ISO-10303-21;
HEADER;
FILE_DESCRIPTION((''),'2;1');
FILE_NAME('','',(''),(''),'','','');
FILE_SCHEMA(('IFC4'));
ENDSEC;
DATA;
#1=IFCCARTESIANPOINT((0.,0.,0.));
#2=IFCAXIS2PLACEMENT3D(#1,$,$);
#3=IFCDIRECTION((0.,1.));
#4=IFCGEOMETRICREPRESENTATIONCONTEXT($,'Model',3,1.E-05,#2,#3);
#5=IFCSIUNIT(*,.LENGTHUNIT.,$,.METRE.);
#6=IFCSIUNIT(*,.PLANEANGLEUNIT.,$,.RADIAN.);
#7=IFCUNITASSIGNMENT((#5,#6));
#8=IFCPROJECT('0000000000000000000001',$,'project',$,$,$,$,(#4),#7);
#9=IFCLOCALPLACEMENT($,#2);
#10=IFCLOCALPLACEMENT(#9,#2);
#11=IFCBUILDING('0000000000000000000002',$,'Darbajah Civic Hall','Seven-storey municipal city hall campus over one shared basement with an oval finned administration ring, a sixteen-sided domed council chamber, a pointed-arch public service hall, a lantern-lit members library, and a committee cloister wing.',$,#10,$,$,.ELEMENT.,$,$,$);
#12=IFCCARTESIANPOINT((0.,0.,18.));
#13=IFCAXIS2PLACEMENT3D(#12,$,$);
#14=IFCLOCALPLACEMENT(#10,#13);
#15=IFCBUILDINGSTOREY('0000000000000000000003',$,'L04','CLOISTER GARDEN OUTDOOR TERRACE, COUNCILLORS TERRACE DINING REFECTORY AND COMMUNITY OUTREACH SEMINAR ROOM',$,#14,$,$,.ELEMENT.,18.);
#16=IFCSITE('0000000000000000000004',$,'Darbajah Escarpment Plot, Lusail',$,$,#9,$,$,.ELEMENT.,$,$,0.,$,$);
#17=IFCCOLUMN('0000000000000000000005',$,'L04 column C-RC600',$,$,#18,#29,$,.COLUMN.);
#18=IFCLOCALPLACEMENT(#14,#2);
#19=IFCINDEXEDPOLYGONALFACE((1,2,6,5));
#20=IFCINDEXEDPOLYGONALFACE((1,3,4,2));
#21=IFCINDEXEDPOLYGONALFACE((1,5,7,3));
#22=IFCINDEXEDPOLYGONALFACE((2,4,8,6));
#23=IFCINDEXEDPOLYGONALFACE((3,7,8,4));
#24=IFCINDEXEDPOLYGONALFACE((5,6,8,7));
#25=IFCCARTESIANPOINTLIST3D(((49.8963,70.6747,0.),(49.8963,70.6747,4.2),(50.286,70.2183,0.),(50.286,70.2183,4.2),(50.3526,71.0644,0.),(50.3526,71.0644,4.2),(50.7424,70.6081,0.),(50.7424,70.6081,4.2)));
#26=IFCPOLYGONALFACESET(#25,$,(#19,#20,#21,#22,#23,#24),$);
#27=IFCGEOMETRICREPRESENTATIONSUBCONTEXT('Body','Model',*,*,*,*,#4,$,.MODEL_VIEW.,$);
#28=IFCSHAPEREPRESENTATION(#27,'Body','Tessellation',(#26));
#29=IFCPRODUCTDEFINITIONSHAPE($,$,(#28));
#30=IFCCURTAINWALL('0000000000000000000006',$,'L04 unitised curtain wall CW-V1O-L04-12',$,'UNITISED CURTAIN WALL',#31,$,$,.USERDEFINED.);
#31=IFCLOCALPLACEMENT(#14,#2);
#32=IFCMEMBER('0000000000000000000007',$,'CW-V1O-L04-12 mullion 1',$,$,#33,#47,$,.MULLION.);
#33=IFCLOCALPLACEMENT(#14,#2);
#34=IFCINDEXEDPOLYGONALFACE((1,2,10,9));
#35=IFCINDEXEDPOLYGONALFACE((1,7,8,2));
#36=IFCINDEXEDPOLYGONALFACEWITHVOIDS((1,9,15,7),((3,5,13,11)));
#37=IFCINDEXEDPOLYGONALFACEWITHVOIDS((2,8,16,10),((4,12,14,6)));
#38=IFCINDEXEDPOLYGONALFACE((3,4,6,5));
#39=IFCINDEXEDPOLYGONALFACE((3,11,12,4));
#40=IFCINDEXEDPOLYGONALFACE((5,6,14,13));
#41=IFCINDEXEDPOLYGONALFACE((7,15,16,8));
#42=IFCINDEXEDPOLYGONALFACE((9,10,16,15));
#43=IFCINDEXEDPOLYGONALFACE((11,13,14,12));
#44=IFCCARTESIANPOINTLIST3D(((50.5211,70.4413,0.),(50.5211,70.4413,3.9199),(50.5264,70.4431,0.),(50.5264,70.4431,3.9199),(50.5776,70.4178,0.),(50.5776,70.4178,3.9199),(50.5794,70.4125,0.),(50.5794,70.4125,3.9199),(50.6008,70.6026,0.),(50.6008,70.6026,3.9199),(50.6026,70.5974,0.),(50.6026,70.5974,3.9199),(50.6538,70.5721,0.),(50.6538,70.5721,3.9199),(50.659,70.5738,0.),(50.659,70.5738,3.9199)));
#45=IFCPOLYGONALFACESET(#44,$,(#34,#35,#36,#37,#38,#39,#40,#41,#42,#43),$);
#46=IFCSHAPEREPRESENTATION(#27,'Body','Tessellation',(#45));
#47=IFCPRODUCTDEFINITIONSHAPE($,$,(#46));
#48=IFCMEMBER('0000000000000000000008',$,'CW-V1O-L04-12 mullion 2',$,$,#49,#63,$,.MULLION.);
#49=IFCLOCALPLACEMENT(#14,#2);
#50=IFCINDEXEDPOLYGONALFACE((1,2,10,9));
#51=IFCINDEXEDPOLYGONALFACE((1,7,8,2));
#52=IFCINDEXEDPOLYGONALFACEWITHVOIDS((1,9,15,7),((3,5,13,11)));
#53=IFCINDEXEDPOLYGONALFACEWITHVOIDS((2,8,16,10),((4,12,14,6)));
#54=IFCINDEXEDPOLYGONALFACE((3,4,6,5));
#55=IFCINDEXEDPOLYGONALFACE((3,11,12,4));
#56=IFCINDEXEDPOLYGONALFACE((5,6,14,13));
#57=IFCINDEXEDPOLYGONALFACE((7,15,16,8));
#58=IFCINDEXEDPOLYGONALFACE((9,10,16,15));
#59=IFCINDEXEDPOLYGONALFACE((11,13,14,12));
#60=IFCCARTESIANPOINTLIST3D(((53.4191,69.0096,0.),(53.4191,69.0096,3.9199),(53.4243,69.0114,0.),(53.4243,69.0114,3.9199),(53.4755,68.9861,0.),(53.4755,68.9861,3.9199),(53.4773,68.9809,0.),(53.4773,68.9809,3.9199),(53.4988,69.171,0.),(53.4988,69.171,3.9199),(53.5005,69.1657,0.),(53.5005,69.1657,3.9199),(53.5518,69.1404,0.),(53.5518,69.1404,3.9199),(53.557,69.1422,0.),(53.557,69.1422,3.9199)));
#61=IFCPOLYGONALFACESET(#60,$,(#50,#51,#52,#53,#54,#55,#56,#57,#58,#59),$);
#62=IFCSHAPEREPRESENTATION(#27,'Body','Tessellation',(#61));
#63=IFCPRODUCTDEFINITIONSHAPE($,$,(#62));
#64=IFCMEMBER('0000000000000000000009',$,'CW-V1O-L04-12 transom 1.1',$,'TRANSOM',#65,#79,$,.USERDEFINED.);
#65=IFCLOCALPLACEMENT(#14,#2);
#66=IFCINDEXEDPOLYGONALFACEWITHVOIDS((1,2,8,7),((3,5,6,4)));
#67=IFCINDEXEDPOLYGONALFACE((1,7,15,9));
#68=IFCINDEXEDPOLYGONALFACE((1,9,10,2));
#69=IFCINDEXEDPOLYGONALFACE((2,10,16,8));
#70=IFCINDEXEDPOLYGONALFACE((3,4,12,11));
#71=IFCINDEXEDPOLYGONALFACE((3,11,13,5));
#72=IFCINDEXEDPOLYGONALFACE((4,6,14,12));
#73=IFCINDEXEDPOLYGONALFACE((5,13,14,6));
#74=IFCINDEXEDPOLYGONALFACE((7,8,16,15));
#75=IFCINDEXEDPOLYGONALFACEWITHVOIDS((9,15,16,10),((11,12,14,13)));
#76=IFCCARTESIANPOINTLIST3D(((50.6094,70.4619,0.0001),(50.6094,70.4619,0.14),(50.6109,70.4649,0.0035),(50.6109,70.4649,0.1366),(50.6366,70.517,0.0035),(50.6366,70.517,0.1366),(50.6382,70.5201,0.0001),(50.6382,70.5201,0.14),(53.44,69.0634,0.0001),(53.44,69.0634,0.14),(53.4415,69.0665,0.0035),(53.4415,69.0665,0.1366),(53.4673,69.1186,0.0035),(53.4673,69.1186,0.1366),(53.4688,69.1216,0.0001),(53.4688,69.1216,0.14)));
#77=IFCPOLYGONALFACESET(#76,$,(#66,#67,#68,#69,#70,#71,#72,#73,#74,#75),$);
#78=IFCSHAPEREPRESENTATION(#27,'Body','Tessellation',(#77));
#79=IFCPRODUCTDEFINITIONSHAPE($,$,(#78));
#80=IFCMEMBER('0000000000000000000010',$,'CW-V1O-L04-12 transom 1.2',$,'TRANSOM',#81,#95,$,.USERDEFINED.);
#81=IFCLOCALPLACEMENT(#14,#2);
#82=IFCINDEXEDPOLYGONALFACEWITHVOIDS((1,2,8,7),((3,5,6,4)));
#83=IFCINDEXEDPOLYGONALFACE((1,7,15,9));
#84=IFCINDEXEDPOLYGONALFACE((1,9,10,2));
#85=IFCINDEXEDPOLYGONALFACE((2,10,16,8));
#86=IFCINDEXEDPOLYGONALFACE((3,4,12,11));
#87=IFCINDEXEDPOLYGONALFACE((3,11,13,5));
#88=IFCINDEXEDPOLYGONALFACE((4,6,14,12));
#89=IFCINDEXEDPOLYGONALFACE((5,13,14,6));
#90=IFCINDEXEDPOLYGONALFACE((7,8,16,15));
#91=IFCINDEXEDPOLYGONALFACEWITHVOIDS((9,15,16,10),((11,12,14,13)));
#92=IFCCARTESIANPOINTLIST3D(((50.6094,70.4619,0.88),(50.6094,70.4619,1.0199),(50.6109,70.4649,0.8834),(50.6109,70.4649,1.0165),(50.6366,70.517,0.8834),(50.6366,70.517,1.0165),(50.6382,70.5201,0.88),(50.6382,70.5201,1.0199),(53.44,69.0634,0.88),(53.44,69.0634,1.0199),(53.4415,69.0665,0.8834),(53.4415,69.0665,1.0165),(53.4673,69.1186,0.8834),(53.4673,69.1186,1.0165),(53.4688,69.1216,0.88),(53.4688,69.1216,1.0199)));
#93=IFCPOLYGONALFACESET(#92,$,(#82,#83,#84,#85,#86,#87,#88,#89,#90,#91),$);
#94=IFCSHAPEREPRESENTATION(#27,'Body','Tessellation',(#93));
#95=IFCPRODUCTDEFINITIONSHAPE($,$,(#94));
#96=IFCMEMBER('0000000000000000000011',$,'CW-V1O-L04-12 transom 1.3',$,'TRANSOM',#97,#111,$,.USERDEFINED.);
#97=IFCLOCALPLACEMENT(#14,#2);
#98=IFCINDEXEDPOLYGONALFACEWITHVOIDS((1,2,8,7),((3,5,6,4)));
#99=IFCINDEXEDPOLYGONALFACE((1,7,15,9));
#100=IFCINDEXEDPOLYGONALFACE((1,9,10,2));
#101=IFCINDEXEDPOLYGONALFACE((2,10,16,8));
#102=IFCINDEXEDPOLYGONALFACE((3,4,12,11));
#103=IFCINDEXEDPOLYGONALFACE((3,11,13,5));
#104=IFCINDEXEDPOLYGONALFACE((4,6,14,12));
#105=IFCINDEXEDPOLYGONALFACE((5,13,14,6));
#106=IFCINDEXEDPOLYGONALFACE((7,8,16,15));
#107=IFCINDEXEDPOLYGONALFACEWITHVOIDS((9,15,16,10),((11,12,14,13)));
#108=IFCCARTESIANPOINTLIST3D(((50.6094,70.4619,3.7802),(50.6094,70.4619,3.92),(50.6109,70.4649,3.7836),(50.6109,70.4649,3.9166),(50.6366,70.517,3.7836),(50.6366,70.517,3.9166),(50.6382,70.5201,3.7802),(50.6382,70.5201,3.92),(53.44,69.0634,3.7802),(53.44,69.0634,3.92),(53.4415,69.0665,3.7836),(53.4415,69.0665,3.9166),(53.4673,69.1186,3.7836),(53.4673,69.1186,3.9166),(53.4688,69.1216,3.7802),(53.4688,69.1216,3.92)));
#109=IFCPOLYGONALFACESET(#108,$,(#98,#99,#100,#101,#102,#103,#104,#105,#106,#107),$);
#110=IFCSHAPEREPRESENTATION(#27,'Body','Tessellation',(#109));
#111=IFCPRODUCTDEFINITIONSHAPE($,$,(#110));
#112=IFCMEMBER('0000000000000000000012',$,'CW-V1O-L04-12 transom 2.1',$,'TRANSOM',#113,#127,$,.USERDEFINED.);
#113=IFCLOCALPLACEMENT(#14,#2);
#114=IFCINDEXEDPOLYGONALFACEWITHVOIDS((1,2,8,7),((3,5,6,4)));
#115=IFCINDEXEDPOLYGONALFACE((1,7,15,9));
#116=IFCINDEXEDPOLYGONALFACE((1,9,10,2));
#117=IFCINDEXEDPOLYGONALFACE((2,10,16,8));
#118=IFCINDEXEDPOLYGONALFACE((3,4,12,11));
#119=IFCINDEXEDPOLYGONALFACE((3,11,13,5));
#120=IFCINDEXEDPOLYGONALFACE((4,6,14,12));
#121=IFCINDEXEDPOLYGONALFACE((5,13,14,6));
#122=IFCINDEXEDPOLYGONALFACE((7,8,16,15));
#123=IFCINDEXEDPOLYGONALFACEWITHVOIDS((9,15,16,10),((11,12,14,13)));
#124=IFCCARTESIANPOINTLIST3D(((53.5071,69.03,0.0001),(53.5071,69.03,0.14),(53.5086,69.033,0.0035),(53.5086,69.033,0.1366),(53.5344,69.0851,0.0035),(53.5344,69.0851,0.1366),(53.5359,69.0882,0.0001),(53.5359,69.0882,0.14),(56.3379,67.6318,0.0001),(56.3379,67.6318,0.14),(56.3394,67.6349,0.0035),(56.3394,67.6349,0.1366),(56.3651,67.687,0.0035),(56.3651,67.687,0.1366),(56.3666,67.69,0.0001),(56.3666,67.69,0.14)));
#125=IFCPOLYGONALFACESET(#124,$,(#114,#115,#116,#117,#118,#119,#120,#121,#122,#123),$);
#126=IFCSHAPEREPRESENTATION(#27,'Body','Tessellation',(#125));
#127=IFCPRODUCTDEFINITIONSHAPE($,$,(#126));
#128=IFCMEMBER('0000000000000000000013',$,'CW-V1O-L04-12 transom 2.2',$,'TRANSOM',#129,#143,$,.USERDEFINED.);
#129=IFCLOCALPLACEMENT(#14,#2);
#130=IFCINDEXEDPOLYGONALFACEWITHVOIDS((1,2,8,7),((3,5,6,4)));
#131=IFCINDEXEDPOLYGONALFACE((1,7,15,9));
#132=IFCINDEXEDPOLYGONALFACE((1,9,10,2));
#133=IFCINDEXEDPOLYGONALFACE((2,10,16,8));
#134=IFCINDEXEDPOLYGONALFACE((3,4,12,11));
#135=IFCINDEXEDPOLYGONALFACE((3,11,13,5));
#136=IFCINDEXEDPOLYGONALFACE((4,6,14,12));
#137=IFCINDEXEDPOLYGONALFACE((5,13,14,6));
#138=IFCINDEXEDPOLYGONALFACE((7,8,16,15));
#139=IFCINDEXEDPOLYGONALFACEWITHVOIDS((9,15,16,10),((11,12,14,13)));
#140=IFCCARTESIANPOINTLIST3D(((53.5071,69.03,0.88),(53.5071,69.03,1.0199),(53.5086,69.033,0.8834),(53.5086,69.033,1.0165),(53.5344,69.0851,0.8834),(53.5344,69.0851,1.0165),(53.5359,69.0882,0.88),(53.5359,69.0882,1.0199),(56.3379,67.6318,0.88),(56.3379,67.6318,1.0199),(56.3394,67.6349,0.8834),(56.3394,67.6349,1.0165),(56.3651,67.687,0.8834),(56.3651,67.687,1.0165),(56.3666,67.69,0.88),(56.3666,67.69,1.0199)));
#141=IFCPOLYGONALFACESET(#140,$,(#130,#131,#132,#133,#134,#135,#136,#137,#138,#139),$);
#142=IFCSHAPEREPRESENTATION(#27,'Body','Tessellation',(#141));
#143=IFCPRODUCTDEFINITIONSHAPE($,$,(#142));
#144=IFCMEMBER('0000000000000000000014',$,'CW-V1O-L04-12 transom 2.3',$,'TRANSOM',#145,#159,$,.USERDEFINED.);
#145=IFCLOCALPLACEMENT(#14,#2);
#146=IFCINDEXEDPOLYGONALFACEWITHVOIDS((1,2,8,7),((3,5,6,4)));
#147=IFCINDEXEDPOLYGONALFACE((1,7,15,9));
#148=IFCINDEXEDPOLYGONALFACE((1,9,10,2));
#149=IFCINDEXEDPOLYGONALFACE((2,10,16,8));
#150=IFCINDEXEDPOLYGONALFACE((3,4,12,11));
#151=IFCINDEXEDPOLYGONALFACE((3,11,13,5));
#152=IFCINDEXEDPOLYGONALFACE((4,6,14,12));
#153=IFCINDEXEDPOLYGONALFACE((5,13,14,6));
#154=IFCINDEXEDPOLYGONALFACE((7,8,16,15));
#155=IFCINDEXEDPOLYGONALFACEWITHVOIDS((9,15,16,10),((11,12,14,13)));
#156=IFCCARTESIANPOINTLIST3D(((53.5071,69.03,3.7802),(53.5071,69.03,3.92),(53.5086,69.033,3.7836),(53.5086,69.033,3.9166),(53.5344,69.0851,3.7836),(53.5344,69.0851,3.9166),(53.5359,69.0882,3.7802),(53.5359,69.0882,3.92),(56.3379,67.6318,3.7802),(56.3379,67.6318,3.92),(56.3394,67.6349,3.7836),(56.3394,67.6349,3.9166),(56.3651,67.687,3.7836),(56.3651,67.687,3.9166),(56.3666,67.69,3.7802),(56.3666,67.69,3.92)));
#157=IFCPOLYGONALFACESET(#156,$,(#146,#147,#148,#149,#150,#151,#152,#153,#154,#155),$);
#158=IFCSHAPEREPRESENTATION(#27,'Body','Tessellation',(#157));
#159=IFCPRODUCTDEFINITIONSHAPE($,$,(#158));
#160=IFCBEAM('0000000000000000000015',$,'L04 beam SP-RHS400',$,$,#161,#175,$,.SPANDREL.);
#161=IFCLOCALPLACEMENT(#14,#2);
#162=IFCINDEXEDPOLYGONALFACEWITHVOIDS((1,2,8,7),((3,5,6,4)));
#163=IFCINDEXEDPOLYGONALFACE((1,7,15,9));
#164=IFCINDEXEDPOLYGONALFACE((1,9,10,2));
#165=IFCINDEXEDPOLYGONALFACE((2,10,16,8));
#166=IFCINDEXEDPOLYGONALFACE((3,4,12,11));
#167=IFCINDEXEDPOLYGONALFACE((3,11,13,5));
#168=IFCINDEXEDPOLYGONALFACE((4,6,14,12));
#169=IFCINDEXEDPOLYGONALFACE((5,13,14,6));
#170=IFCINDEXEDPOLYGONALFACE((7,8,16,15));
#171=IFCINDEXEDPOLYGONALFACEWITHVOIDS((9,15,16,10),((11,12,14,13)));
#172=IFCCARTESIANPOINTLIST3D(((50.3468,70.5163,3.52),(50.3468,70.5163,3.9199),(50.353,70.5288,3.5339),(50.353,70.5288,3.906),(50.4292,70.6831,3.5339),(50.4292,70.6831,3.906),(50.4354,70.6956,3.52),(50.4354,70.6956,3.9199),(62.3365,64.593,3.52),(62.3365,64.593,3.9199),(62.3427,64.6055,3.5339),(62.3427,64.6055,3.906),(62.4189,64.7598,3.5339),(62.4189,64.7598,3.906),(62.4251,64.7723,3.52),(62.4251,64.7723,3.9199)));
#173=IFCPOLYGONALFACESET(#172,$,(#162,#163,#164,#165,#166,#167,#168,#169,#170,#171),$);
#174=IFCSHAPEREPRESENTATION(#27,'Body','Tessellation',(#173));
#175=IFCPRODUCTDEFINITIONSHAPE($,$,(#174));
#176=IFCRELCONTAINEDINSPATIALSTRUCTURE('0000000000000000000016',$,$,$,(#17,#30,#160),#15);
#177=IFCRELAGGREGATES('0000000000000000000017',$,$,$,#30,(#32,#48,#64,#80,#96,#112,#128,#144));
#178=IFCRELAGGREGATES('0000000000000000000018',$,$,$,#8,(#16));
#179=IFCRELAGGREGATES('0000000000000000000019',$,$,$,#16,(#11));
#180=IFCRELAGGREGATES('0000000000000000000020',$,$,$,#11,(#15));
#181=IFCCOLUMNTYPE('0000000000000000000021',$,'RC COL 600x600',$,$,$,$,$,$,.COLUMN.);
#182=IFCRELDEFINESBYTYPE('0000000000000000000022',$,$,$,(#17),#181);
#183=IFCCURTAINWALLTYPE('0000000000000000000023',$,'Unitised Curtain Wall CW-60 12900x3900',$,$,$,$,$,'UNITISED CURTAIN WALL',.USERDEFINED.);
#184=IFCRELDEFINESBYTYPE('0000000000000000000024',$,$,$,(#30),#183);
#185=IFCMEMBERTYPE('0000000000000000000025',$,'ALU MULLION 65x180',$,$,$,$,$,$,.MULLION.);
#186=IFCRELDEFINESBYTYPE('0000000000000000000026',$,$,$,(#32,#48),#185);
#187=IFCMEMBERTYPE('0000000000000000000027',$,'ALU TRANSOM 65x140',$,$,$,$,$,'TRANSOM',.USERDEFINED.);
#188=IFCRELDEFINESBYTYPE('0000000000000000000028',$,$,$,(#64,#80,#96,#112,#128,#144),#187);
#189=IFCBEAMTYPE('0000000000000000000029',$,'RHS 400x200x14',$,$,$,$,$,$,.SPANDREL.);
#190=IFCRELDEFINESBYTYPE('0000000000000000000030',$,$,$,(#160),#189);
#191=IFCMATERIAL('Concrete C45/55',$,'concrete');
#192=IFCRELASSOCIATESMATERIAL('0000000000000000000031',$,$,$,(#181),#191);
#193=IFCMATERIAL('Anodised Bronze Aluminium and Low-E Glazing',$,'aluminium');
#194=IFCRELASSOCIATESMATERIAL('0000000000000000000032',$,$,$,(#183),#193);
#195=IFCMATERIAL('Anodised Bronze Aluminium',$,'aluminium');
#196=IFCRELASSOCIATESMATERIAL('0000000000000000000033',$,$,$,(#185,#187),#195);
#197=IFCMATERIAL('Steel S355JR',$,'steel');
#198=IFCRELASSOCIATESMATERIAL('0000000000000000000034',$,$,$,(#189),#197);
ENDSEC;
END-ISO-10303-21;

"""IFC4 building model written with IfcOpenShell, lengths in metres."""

from ifc_helpers import new_model, si_unit, direction, frame, origin, origin_2d, place, context, subcontext, project, spatial, rectangle, hollow_rectangle, extrude, material, material_profile, profile_set, type_object, element, aggregate, save


model = new_model("IFC4")

# Units and contexts
model_context = context("Model", 3, precision=1e-05, world=origin(), true_north=direction((0.0, 1.0)))
body_context = subcontext(model_context, "Body", "Model", "MODEL_VIEW")
ifc_project = project(units=[si_unit("LENGTHUNIT", "METRE"), si_unit("PLANEANGLEUNIT", "RADIAN")], contexts=[model_context])

# Site, building, storey
site_placement = place(None, origin())
site = spatial("IfcSite", under=ifc_project, at=site_placement, Name="Darbajah Escarpment Plot, Lusail", CompositionType="ELEMENT", RefElevation=0.0)
building_placement = place(site_placement, origin())
building = spatial("IfcBuilding", under=site, at=building_placement, Name="Darbajah Civic Hall", Description="Seven-storey municipal city hall campus over one shared basement with an oval finned administration ring, a sixteen-sided domed council chamber, a pointed-arch public service hall, a lantern-lit members library, and a committee cloister wing.", CompositionType="ELEMENT")
storey_placement = place(building_placement, frame((0.0, 0.0, 18.0)))
storey = spatial("IfcBuildingStorey", under=building, at=storey_placement, Name="L04", Description="CLOISTER GARDEN OUTDOOR TERRACE, COUNCILLORS TERRACE DINING REFECTORY AND COMMUNITY OUTREACH SEMINAR ROOM", CompositionType="ELEMENT", Elevation=18.0)

# Column
ifc_material_1 = material(Name="Concrete C45/55", Category="concrete")
ifc_material_profile_1 = material_profile(ifc_material_1, rectangle(XDim=0.6001, YDim=0.6001, at=origin_2d()), Name="RC COL 600x600")
ifc_profile_set_1 = profile_set([ifc_material_profile_1], Name="Concrete C45/55")
column_type = type_object("IfcColumnType", Name="RC COL 600x600", PredefinedType="COLUMN", material=ifc_profile_set_1)
column_placement = place(storey_placement, frame((50.3193, 70.6414, 0.0), z_axis=(0.0, 0.0, 1.0), x_axis=(-0.760406, -0.649448, 0.0)))
element("IfcColumn", 1, at=column_placement, inside=storey, type_object=column_type, Name="L04 column C-RC600", PredefinedType="COLUMN", context=body_context, shape_type="SweptSolid", body=[
    extrude(rectangle(XDim=0.6001, YDim=0.6001, at=origin_2d()), origin(), (0.0, 0.0, 1.0), 4.2),
])

# Curtain wall, members
ifc_material_2 = material(Name="Anodised Bronze Aluminium and Low-E Glazing", Category="aluminium")
curtain_wall_type = type_object("IfcCurtainWallType", Name="Unitised Curtain Wall CW-60 12900x3900", ElementType="UNITISED CURTAIN WALL", PredefinedType="USERDEFINED", material=ifc_material_2)
curtain_wall_placement = place(storey_placement, origin())
curtain_wall = element("IfcCurtainWall", 2, at=curtain_wall_placement, inside=storey, type_object=curtain_wall_type, Name="L04 unitised curtain wall CW-V1O-L04-12", ObjectType="UNITISED CURTAIN WALL", PredefinedType="USERDEFINED")
ifc_material_3 = material(Name="Anodised Bronze Aluminium", Category="aluminium")
ifc_material_profile_2 = material_profile(ifc_material_3, hollow_rectangle(XDim=0.0649, YDim=0.1799, WallThickness=0.0039, at=origin_2d()), Name="ALU MULLION 65x180")
ifc_profile_set_2 = profile_set([ifc_material_profile_2], Name="Anodised Bronze Aluminium")
member_type_1 = type_object("IfcMemberType", Name="ALU MULLION 65x180", PredefinedType="MULLION", material=ifc_profile_set_2)
member_1_placement = place(storey_placement, frame((50.5901, 70.5076, 0.0), z_axis=(0.0, 0.0, 1.0), x_axis=(0.896564, -0.442915, 0.0)))
member_1 = element("IfcMember", 3, at=member_1_placement, type_object=member_type_1, Name="CW-V1O-L04-12 mullion 1", PredefinedType="MULLION", context=body_context, shape_type="SweptSolid", body=[
    extrude(hollow_rectangle(XDim=0.0649, YDim=0.1799, WallThickness=0.0039, at=origin_2d()), origin(), (0.0, 0.0, 1.0), 3.9199),
])
member_2_placement = place(storey_placement, frame((53.488, 69.0759, 0.0), z_axis=(0.0, 0.0, 1.0), x_axis=(0.896564, -0.442915, 0.0)))
member_2 = element("IfcMember", 4, at=member_2_placement, type_object=member_type_1, Name="CW-V1O-L04-12 mullion 2", PredefinedType="MULLION", context=body_context, shape_type="SweptSolid", body=[
    extrude(hollow_rectangle(XDim=0.0649, YDim=0.1799, WallThickness=0.0039, at=origin_2d()), origin(), (0.0, 0.0, 1.0), 3.9199),
])
ifc_material_profile_3 = material_profile(ifc_material_3, hollow_rectangle(XDim=0.0649, YDim=0.1399, WallThickness=0.0034, at=origin_2d()), Name="ALU TRANSOM 65x140")
ifc_profile_set_3 = profile_set([ifc_material_profile_3], Name="Anodised Bronze Aluminium")
member_type_2 = type_object("IfcMemberType", Name="ALU TRANSOM 65x140", ElementType="TRANSOM", PredefinedType="USERDEFINED", material=ifc_profile_set_3)
member_3_placement = place(storey_placement, frame((50.6238, 70.491, 0.0701), z_axis=(0.896551, -0.44294, 0.0), x_axis=(0.44294, 0.896551, 0.0)))
member_3 = element("IfcMember", 5, at=member_3_placement, type_object=member_type_2, Name="CW-V1O-L04-12 transom 1.1", ObjectType="TRANSOM", PredefinedType="USERDEFINED", context=body_context, shape_type="SweptSolid", body=[
    extrude(hollow_rectangle(XDim=0.0649, YDim=0.1399, WallThickness=0.0034, at=origin_2d()), origin(), (0.0, 0.0, 1.0), 3.1572),
])
member_4_placement = place(storey_placement, frame((50.6238, 70.491, 0.95), z_axis=(0.896551, -0.44294, 0.0), x_axis=(0.44294, 0.896551, 0.0)))
member_4 = element("IfcMember", 6, at=member_4_placement, type_object=member_type_2, Name="CW-V1O-L04-12 transom 1.2", ObjectType="TRANSOM", PredefinedType="USERDEFINED", context=body_context, shape_type="SweptSolid", body=[
    extrude(hollow_rectangle(XDim=0.0649, YDim=0.1399, WallThickness=0.0034, at=origin_2d()), origin(), (0.0, 0.0, 1.0), 3.1572),
])
member_5_placement = place(storey_placement, frame((50.6238, 70.491, 3.8501), z_axis=(0.896551, -0.44294, 0.0), x_axis=(0.44294, 0.896551, 0.0)))
member_5 = element("IfcMember", 7, at=member_5_placement, type_object=member_type_2, Name="CW-V1O-L04-12 transom 1.3", ObjectType="TRANSOM", PredefinedType="USERDEFINED", context=body_context, shape_type="SweptSolid", body=[
    extrude(hollow_rectangle(XDim=0.0649, YDim=0.1399, WallThickness=0.0034, at=origin_2d()), origin(), (0.0, 0.0, 1.0), 3.1572),
])
member_6_placement = place(storey_placement, frame((53.5215, 69.0591, 0.0701), z_axis=(0.896597, -0.442847, 0.0), x_axis=(0.442847, 0.896597, 0.0)))
member_6 = element("IfcMember", 8, at=member_6_placement, type_object=member_type_2, Name="CW-V1O-L04-12 transom 2.1", ObjectType="TRANSOM", PredefinedType="USERDEFINED", context=body_context, shape_type="SweptSolid", body=[
    extrude(hollow_rectangle(XDim=0.0649, YDim=0.1399, WallThickness=0.0034, at=origin_2d()), origin(), (0.0, 0.0, 1.0), 3.1572),
])
member_7_placement = place(storey_placement, frame((53.5215, 69.0591, 0.95), z_axis=(0.896597, -0.442847, 0.0), x_axis=(0.442847, 0.896597, 0.0)))
member_7 = element("IfcMember", 9, at=member_7_placement, type_object=member_type_2, Name="CW-V1O-L04-12 transom 2.2", ObjectType="TRANSOM", PredefinedType="USERDEFINED", context=body_context, shape_type="SweptSolid", body=[
    extrude(hollow_rectangle(XDim=0.0649, YDim=0.1399, WallThickness=0.0034, at=origin_2d()), origin(), (0.0, 0.0, 1.0), 3.1572),
])
member_8_placement = place(storey_placement, frame((53.5215, 69.0591, 3.8501), z_axis=(0.896597, -0.442847, 0.0), x_axis=(0.442847, 0.896597, 0.0)))
member_8 = element("IfcMember", 10, at=member_8_placement, type_object=member_type_2, Name="CW-V1O-L04-12 transom 2.3", ObjectType="TRANSOM", PredefinedType="USERDEFINED", context=body_context, shape_type="SweptSolid", body=[
    extrude(hollow_rectangle(XDim=0.0649, YDim=0.1399, WallThickness=0.0034, at=origin_2d()), origin(), (0.0, 0.0, 1.0), 3.1572),
])

# Beam
ifc_material_4 = material(Name="Steel S355JR", Category="steel")
ifc_material_profile_4 = material_profile(ifc_material_4, hollow_rectangle(XDim=0.2, YDim=0.3999, WallThickness=0.0139, at=origin_2d()), Name="RHS 400x200x14")
ifc_profile_set_4 = profile_set([ifc_material_profile_4], Name="Steel S355JR")
beam_type_1 = type_object("IfcBeamType", Name="RHS 400x200x14", PredefinedType="SPANDREL", material=ifc_profile_set_4)
beam_1_placement = place(storey_placement, frame((50.3911, 70.606, 3.72), z_axis=(0.896557, -0.442929, 0.0), x_axis=(0.442929, 0.896557, 0.0)))
element("IfcBeam", 11, at=beam_1_placement, inside=storey, type_object=beam_type_1, Name="L04 beam SP-RHS400", PredefinedType="SPANDREL", context=body_context, shape_type="SweptSolid", body=[
    extrude(hollow_rectangle(XDim=0.2, YDim=0.3999, WallThickness=0.0139, at=origin_2d()), origin(), (0.0, 0.0, 1.0), 13.373),
])

aggregate(curtain_wall, [member_1, member_2, member_3, member_4, member_5, member_6, member_7, member_8])

save(model, "model.ifc")
